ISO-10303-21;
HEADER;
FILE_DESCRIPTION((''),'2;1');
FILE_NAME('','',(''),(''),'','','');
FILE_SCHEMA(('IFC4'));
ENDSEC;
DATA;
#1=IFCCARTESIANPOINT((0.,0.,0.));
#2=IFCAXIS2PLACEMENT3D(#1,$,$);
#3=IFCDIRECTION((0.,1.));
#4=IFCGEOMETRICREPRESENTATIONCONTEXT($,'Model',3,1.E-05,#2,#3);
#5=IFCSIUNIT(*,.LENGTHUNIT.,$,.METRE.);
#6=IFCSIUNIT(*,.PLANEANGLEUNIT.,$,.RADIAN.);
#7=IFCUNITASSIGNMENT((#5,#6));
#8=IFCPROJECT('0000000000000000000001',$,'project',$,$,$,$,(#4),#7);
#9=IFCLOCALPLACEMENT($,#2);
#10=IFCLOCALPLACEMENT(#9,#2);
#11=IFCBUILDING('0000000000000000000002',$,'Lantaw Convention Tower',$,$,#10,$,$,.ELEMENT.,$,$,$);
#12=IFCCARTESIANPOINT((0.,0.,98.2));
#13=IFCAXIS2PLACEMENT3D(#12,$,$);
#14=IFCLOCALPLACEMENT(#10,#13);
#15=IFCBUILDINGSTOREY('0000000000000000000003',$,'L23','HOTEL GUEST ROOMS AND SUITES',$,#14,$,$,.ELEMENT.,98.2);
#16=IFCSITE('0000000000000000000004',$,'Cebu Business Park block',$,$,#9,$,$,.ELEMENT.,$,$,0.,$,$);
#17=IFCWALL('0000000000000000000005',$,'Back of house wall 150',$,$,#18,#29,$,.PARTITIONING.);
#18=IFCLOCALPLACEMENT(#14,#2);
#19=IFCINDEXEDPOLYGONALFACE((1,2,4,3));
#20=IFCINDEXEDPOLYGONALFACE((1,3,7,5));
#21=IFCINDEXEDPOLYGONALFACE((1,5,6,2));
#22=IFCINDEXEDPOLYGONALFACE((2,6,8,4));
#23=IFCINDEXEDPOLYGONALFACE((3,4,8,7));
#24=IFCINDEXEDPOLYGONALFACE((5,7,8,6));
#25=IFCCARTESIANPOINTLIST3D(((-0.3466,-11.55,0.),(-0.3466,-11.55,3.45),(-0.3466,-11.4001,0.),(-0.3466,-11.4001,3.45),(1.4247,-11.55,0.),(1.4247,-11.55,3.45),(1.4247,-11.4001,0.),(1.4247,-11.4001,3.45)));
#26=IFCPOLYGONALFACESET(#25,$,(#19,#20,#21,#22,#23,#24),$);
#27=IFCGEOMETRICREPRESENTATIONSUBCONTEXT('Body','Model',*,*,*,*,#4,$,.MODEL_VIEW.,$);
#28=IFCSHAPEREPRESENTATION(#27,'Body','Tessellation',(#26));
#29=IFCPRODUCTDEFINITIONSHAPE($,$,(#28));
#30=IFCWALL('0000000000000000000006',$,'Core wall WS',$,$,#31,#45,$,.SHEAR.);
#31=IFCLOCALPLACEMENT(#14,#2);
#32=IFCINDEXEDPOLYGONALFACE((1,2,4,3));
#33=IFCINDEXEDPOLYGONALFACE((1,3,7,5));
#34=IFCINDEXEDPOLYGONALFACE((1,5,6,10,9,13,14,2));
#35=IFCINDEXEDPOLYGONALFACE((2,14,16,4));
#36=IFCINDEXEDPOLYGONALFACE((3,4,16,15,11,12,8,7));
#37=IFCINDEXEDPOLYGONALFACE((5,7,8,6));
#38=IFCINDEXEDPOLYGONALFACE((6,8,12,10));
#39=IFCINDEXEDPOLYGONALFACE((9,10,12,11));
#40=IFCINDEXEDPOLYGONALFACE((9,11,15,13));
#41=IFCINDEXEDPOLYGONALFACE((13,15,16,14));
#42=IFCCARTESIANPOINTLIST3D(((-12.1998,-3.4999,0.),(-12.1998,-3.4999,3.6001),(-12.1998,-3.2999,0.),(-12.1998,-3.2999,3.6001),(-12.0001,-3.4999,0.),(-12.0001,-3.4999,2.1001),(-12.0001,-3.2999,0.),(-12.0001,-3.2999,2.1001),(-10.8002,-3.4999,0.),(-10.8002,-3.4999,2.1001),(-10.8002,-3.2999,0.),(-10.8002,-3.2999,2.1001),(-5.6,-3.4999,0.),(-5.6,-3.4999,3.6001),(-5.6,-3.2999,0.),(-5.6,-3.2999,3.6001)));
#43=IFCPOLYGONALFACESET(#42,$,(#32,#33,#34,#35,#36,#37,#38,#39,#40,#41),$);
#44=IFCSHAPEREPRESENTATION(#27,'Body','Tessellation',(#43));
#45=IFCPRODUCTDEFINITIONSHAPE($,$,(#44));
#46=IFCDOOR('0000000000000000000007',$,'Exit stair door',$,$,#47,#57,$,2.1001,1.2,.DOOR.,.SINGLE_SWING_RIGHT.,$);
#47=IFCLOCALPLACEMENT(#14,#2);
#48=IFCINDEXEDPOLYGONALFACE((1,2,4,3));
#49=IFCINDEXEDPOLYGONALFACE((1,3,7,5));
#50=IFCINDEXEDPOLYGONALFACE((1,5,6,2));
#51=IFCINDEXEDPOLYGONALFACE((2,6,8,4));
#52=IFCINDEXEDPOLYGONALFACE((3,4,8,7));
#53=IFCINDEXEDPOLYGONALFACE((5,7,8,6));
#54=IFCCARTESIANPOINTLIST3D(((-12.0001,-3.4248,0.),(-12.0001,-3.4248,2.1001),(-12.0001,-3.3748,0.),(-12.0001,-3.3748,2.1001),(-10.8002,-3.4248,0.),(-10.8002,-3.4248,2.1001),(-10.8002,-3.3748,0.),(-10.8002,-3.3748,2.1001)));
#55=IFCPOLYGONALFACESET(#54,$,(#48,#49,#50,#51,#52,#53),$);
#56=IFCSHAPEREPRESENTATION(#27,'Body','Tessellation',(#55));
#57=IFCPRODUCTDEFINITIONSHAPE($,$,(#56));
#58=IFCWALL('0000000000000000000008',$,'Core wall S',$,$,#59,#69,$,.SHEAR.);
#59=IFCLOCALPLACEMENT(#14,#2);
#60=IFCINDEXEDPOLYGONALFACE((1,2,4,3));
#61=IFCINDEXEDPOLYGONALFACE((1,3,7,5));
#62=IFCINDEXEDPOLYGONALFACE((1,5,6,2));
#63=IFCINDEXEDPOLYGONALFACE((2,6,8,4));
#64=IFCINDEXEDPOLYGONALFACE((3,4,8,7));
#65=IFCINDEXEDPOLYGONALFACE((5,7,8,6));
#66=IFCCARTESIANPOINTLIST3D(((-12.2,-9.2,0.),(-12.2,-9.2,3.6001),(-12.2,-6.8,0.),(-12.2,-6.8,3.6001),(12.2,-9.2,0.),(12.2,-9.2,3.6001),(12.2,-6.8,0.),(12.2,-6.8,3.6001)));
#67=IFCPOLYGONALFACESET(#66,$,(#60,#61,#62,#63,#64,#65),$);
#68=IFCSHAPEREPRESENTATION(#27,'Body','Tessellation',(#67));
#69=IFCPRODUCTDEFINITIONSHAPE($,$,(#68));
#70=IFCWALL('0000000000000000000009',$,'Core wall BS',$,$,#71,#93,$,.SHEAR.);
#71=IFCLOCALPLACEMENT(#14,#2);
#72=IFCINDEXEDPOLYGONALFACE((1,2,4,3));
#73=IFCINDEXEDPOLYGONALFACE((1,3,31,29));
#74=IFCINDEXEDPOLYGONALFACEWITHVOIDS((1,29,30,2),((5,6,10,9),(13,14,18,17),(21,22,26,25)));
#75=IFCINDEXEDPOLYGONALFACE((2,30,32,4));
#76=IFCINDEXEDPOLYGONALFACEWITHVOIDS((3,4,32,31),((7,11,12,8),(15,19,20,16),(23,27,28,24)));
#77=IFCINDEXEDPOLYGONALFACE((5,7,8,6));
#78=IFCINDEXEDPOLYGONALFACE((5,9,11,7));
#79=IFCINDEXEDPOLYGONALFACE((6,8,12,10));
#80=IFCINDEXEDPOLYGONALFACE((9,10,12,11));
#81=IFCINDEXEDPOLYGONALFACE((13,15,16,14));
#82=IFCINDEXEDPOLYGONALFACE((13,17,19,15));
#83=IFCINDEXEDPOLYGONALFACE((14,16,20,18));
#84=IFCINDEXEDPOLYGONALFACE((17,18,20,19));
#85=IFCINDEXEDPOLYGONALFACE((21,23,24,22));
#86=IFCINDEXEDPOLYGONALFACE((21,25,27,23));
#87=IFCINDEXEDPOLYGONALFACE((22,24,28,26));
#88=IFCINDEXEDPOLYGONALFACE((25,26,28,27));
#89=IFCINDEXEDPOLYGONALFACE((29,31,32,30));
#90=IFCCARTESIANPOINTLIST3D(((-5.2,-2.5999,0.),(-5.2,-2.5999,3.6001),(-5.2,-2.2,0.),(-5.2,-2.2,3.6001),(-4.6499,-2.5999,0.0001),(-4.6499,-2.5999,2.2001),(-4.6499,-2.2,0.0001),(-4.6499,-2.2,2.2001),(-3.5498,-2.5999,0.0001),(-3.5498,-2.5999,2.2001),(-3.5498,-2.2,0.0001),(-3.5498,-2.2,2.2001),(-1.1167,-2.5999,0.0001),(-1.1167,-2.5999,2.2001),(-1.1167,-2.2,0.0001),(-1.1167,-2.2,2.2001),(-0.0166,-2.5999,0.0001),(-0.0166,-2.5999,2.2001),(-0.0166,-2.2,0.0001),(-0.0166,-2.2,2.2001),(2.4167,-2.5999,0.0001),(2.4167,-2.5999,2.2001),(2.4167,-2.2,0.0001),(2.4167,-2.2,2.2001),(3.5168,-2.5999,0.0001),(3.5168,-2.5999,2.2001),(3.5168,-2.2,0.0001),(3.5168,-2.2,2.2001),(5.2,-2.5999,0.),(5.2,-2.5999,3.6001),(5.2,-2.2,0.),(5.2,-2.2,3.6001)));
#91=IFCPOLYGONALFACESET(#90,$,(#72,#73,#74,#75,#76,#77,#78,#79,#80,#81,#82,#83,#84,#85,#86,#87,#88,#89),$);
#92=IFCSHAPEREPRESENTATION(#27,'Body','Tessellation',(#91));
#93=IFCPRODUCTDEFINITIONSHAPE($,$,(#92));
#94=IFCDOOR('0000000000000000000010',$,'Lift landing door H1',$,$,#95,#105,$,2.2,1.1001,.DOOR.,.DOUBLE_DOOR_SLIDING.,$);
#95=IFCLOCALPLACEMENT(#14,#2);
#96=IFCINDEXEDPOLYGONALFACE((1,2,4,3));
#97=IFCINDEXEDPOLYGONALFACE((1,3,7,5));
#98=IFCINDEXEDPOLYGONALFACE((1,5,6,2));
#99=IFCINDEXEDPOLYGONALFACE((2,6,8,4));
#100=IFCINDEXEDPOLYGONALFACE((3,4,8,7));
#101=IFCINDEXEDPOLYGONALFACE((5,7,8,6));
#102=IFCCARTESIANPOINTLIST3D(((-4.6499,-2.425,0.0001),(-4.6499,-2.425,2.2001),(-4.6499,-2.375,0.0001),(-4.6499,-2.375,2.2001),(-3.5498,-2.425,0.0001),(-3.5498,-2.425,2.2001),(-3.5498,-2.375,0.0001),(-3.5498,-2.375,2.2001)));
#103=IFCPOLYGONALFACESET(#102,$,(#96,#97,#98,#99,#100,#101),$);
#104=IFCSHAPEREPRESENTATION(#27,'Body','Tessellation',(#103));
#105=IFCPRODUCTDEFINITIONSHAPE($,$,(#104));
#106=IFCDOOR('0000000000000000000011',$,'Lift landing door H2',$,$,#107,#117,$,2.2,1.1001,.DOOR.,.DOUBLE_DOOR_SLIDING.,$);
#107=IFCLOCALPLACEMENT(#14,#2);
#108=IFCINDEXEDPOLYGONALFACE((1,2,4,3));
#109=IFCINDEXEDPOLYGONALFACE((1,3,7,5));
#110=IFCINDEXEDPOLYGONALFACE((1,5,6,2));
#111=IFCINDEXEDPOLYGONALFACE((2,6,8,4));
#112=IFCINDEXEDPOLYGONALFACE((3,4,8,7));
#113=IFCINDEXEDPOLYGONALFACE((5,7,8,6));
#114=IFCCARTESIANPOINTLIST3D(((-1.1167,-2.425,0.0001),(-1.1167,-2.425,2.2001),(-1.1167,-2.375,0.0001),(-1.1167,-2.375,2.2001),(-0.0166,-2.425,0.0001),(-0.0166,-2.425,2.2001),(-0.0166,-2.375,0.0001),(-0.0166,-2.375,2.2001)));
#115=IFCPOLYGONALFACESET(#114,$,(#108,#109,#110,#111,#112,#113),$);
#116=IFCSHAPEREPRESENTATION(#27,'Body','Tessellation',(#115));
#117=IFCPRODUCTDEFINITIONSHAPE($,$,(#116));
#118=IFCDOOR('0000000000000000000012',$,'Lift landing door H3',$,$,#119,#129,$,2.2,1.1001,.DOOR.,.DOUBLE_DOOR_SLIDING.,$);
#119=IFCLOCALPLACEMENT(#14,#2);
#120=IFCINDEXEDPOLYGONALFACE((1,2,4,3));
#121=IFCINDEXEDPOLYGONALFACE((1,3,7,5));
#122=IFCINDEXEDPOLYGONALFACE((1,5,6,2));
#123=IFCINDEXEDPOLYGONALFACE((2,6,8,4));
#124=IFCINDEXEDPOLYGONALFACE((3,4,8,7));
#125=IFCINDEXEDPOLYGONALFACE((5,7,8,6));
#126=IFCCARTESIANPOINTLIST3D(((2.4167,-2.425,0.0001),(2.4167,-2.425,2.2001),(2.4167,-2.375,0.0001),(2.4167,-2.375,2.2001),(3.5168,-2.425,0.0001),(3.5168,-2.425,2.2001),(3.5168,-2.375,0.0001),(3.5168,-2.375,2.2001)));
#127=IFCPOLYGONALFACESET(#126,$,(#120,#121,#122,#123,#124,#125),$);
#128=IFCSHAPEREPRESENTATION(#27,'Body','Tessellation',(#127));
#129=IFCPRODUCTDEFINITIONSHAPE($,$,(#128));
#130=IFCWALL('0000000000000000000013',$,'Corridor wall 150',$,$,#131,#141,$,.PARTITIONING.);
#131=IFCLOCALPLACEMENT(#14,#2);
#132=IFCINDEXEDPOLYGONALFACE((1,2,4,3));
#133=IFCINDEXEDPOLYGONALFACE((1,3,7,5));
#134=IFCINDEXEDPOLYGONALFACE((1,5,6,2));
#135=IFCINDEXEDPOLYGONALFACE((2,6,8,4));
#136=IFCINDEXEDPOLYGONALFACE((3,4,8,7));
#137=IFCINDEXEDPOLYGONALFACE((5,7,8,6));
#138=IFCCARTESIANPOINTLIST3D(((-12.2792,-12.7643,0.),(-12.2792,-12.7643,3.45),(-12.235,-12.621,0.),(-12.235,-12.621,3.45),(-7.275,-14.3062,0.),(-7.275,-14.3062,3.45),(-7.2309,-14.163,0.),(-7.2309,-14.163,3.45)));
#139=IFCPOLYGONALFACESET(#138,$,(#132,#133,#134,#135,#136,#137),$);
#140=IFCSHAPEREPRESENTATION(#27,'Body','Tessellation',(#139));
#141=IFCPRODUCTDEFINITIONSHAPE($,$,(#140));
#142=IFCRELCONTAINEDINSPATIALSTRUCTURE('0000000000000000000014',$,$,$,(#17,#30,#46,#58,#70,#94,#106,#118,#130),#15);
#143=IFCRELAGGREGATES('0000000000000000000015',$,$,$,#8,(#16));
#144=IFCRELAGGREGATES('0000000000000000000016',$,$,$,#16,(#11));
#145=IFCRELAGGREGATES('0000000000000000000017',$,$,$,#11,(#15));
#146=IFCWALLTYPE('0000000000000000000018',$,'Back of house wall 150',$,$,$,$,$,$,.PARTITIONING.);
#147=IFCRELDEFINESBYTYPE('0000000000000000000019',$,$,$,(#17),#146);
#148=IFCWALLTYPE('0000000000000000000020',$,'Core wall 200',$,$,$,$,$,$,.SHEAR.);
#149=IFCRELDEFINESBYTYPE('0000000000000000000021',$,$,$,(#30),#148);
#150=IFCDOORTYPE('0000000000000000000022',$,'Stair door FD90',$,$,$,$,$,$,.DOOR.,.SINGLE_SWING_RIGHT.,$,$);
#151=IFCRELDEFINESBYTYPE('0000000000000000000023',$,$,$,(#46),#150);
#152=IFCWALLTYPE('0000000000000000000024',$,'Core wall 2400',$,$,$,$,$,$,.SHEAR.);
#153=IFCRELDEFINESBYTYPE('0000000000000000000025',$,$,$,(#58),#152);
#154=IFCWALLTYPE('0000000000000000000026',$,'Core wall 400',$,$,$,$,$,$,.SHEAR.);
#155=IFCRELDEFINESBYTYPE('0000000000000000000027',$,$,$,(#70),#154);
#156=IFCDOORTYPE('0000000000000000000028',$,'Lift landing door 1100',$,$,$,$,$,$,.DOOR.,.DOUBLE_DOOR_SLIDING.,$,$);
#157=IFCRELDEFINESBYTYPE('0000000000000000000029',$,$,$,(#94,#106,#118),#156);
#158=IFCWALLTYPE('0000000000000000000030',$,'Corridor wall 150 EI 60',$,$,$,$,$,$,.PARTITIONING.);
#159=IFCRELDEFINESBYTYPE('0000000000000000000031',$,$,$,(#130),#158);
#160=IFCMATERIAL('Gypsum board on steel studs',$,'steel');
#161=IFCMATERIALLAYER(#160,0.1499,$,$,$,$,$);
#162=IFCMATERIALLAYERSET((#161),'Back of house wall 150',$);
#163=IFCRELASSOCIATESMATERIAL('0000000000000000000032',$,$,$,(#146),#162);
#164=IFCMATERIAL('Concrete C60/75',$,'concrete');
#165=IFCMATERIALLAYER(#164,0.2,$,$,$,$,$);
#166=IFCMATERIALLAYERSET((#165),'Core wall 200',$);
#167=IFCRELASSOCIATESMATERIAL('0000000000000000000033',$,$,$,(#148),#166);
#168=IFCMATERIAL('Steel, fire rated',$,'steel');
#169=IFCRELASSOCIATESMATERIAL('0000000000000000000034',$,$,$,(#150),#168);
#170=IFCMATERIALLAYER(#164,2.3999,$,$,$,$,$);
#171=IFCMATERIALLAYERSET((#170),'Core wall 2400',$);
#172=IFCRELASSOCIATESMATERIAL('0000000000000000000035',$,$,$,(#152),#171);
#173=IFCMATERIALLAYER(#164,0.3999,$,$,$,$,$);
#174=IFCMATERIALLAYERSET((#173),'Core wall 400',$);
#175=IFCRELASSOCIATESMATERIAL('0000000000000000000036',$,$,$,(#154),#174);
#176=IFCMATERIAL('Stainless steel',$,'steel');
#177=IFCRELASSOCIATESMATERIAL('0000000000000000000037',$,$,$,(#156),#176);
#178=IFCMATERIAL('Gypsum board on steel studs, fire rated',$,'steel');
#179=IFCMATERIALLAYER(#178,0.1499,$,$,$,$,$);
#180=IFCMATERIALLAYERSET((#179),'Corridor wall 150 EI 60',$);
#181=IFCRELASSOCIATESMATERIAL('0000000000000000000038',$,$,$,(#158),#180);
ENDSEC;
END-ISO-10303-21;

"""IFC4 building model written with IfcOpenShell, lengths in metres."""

from ifc_helpers import new_model, si_unit, direction, frame, frame_2d, origin, place, context, subcontext, project, spatial, rectangle, extrude, material, layer, layer_set, type_object, element, fill, save


model = new_model("IFC4")

# Units and contexts
model_context = context("Model", 3, precision=1e-05, world=origin(), true_north=direction((0.0, 1.0)))
body_context = subcontext(model_context, "Body", "Model", "MODEL_VIEW")
ifc_project = project(units=[si_unit("LENGTHUNIT", "METRE"), si_unit("PLANEANGLEUNIT", "RADIAN")], contexts=[model_context])

# Site, building, storey
site_placement = place(None, origin())
site = spatial("IfcSite", under=ifc_project, at=site_placement, Name="Cebu Business Park block", CompositionType="ELEMENT", RefElevation=0.0)
building_placement = place(site_placement, origin())
building = spatial("IfcBuilding", under=site, at=building_placement, Name="Lantaw Convention Tower", CompositionType="ELEMENT")
storey_placement = place(building_placement, frame((0.0, 0.0, 98.2)))
storey = spatial("IfcBuildingStorey", under=building, at=storey_placement, Name="L23", Description="HOTEL GUEST ROOMS AND SUITES", CompositionType="ELEMENT", Elevation=98.2)

# Wall
ifc_material_1 = material(Name="Gypsum board on steel studs", Category="steel")
ifc_layer_1 = layer(ifc_material_1, 0.1499)
ifc_layer_set_1 = layer_set([ifc_layer_1], Name="Back of house wall 150")
wall_type_1 = type_object("IfcWallType", Name="Back of house wall 150", PredefinedType="PARTITIONING", material=ifc_layer_set_1)
wall_1_placement = place(storey_placement, frame((-0.3467, -11.4751, 0.0), z_axis=(0.0, 0.0, 1.0), x_axis=(1.0, 0.0, 0.0)))
element("IfcWall", 1, at=wall_1_placement, inside=storey, type_object=wall_type_1, Name="Back of house wall 150", PredefinedType="PARTITIONING", context=body_context, shape_type="SweptSolid", body=[
    extrude(rectangle(XDim=1.7712, YDim=0.1499, at=frame_2d((0.8857, 0.0))), origin(), (0.0, 0.0, 1.0), 3.45),
])

# Wall, opening, door
ifc_material_2 = material(Name="Concrete C60/75", Category="concrete")
ifc_layer_2 = layer(ifc_material_2, 0.2)
ifc_layer_set_2 = layer_set([ifc_layer_2], Name="Core wall 200")
wall_type_2 = type_object("IfcWallType", Name="Core wall 200", PredefinedType="SHEAR", material=ifc_layer_set_2)
wall_2_placement = place(storey_placement, frame((-5.6001, -3.3999, 0.0), z_axis=(0.0, 0.0, 1.0), x_axis=(-1.0, 0.0, 0.0)))
wall_2 = element("IfcWall", 2, at=wall_2_placement, inside=storey, type_object=wall_type_2, Name="Core wall WS", PredefinedType="SHEAR", context=body_context, shape_type="SweptSolid", body=[
    extrude(rectangle(XDim=6.5999, YDim=0.2, at=frame_2d((3.2998, 0.0))), origin(), (0.0, 0.0, 1.0), 3.6001),
])
opening_1_placement = place(wall_2_placement, frame((5.2, 0.0, 0.0)))
opening_1 = element("IfcOpeningElement", 3, at=opening_1_placement, cuts=wall_2, PredefinedType="OPENING", context=body_context, shape_type="SweptSolid", body=[
    extrude(rectangle(XDim=1.2, YDim=2.1001, at=frame_2d((0.6001, 1.05))), frame((0.0, 0.1099, 0.0), z_axis=(0.0, -1.0, 0.0), x_axis=(1.0, 0.0, 0.0)), (0.0, 0.0, 1.0), 0.22),
])
ifc_material_3 = material(Name="Steel, fire rated", Category="steel")
door_type_1 = type_object("IfcDoorType", Name="Stair door FD90", OperationType="SINGLE_SWING_RIGHT", PredefinedType="DOOR", material=ifc_material_3)
door_1_placement = place(opening_1_placement, origin())
door_1 = element("IfcDoor", 4, at=door_1_placement, inside=storey, type_object=door_type_1, Name="Exit stair door", OperationType="SINGLE_SWING_RIGHT", OverallHeight=2.1001, OverallWidth=1.2, PredefinedType="DOOR", context=body_context, shape_type="SweptSolid", body=[
    extrude(rectangle(XDim=1.2, YDim=2.1001, at=frame_2d((0.6001, 1.05))), frame((0.0, 0.0249, 0.0), z_axis=(0.0, -1.0, 0.0), x_axis=(1.0, 0.0, 0.0)), (0.0, 0.0, 1.0), 0.05),
])
fill(opening_1, door_1)

# Wall
ifc_layer_3 = layer(ifc_material_2, 2.3999)
ifc_layer_set_3 = layer_set([ifc_layer_3], Name="Core wall 2400")
wall_type_3 = type_object("IfcWallType", Name="Core wall 2400", PredefinedType="SHEAR", material=ifc_layer_set_3)
wall_3_placement = place(storey_placement, frame((-12.2, -8.0, 0.0), z_axis=(0.0, 0.0, 1.0), x_axis=(1.0, 0.0, 0.0)))
element("IfcWall", 5, at=wall_3_placement, inside=storey, type_object=wall_type_3, Name="Core wall S", PredefinedType="SHEAR", context=body_context, shape_type="SweptSolid", body=[
    extrude(rectangle(XDim=24.3999, YDim=2.3999, at=frame_2d((12.2, 0.0))), origin(), (0.0, 0.0, 1.0), 3.6001),
])

# Wall, openings, doors
ifc_layer_4 = layer(ifc_material_2, 0.3999)
ifc_layer_set_4 = layer_set([ifc_layer_4], Name="Core wall 400")
wall_type_4 = type_object("IfcWallType", Name="Core wall 400", PredefinedType="SHEAR", material=ifc_layer_set_4)
wall_4_placement = place(storey_placement, frame((-5.2, -2.3999, 0.0), z_axis=(0.0, 0.0, 1.0), x_axis=(1.0, 0.0, 0.0)))
wall_4 = element("IfcWall", 6, at=wall_4_placement, inside=storey, type_object=wall_type_4, Name="Core wall BS", PredefinedType="SHEAR", context=body_context, shape_type="SweptSolid", body=[
    extrude(rectangle(XDim=10.3999, YDim=0.3999, at=frame_2d((5.2, 0.0))), origin(), (0.0, 0.0, 1.0), 3.6001),
])
opening_2_placement = place(wall_4_placement, frame((0.55, 0.0, 0.0)))
opening_2 = element("IfcOpeningElement", 7, at=opening_2_placement, cuts=wall_4, PredefinedType="OPENING", context=body_context, shape_type="SweptSolid", body=[
    extrude(rectangle(XDim=1.1001, YDim=2.2, at=frame_2d((0.55, 1.1001))), frame((0.0, 0.21, 0.0), z_axis=(0.0, -1.0, 0.0), x_axis=(1.0, 0.0, 0.0)), (0.0, 0.0, 1.0), 0.4199),
])
opening_3_placement = place(wall_4_placement, frame((4.0833, 0.0, 0.0)))
opening_3 = element("IfcOpeningElement", 8, at=opening_3_placement, cuts=wall_4, PredefinedType="OPENING", context=body_context, shape_type="SweptSolid", body=[
    extrude(rectangle(XDim=1.1001, YDim=2.2, at=frame_2d((0.55, 1.1001))), frame((0.0, 0.21, 0.0), z_axis=(0.0, -1.0, 0.0), x_axis=(1.0, 0.0, 0.0)), (0.0, 0.0, 1.0), 0.4199),
])
opening_4_placement = place(wall_4_placement, frame((7.6167, 0.0, 0.0)))
opening_4 = element("IfcOpeningElement", 9, at=opening_4_placement, cuts=wall_4, PredefinedType="OPENING", context=body_context, shape_type="SweptSolid", body=[
    extrude(rectangle(XDim=1.1001, YDim=2.2, at=frame_2d((0.55, 1.1001))), frame((0.0, 0.21, 0.0), z_axis=(0.0, -1.0, 0.0), x_axis=(1.0, 0.0, 0.0)), (0.0, 0.0, 1.0), 0.4199),
])
ifc_material_4 = material(Name="Stainless steel", Category="steel")
door_type_2 = type_object("IfcDoorType", Name="Lift landing door 1100", OperationType="DOUBLE_DOOR_SLIDING", PredefinedType="DOOR", material=ifc_material_4)
door_2_placement = place(opening_2_placement, origin())
door_2 = element("IfcDoor", 10, at=door_2_placement, inside=storey, type_object=door_type_2, Name="Lift landing door H1", OperationType="DOUBLE_DOOR_SLIDING", OverallHeight=2.2, OverallWidth=1.1001, PredefinedType="DOOR", context=body_context, shape_type="SweptSolid", body=[
    extrude(rectangle(XDim=1.1001, YDim=2.2, at=frame_2d((0.55, 1.1001))), frame((0.0, 0.0249, 0.0), z_axis=(0.0, -1.0, 0.0), x_axis=(1.0, 0.0, 0.0)), (0.0, 0.0, 1.0), 0.05),
])
fill(opening_2, door_2)
door_3_placement = place(opening_3_placement, origin())
door_3 = element("IfcDoor", 11, at=door_3_placement, inside=storey, type_object=door_type_2, Name="Lift landing door H2", OperationType="DOUBLE_DOOR_SLIDING", OverallHeight=2.2, OverallWidth=1.1001, PredefinedType="DOOR", context=body_context, shape_type="SweptSolid", body=[
    extrude(rectangle(XDim=1.1001, YDim=2.2, at=frame_2d((0.55, 1.1001))), frame((0.0, 0.0249, 0.0), z_axis=(0.0, -1.0, 0.0), x_axis=(1.0, 0.0, 0.0)), (0.0, 0.0, 1.0), 0.05),
])
fill(opening_3, door_3)
door_4_placement = place(opening_4_placement, origin())
door_4 = element("IfcDoor", 12, at=door_4_placement, inside=storey, type_object=door_type_2, Name="Lift landing door H3", OperationType="DOUBLE_DOOR_SLIDING", OverallHeight=2.2, OverallWidth=1.1001, PredefinedType="DOOR", context=body_context, shape_type="SweptSolid", body=[
    extrude(rectangle(XDim=1.1001, YDim=2.2, at=frame_2d((0.55, 1.1001))), frame((0.0, 0.0249, 0.0), z_axis=(0.0, -1.0, 0.0), x_axis=(1.0, 0.0, 0.0)), (0.0, 0.0, 1.0), 0.05),
])
fill(opening_4, door_4)

# Wall
ifc_material_5 = material(Name="Gypsum board on steel studs, fire rated", Category="steel")
ifc_layer_5 = layer(ifc_material_5, 0.1499)
ifc_layer_set_5 = layer_set([ifc_layer_5], Name="Corridor wall 150 EI 60")
wall_type_5 = type_object("IfcWallType", Name="Corridor wall 150 EI 60", PredefinedType="PARTITIONING", material=ifc_layer_set_5)
wall_5_placement = place(storey_placement, frame((-12.2571, -12.6926, 0.0), z_axis=(0.0, 0.0, 1.0), x_axis=(0.955658, -0.294479, 0.0)))
element("IfcWall", 13, at=wall_5_placement, inside=storey, type_object=wall_type_5, Name="Corridor wall 150", PredefinedType="PARTITIONING", context=body_context, shape_type="SweptSolid", body=[
    extrude(rectangle(XDim=5.2363, YDim=0.1499, at=frame_2d((2.6182, 0.0))), origin(), (0.0, 0.0, 1.0), 3.45),
])

save(model, "model.ifc")
